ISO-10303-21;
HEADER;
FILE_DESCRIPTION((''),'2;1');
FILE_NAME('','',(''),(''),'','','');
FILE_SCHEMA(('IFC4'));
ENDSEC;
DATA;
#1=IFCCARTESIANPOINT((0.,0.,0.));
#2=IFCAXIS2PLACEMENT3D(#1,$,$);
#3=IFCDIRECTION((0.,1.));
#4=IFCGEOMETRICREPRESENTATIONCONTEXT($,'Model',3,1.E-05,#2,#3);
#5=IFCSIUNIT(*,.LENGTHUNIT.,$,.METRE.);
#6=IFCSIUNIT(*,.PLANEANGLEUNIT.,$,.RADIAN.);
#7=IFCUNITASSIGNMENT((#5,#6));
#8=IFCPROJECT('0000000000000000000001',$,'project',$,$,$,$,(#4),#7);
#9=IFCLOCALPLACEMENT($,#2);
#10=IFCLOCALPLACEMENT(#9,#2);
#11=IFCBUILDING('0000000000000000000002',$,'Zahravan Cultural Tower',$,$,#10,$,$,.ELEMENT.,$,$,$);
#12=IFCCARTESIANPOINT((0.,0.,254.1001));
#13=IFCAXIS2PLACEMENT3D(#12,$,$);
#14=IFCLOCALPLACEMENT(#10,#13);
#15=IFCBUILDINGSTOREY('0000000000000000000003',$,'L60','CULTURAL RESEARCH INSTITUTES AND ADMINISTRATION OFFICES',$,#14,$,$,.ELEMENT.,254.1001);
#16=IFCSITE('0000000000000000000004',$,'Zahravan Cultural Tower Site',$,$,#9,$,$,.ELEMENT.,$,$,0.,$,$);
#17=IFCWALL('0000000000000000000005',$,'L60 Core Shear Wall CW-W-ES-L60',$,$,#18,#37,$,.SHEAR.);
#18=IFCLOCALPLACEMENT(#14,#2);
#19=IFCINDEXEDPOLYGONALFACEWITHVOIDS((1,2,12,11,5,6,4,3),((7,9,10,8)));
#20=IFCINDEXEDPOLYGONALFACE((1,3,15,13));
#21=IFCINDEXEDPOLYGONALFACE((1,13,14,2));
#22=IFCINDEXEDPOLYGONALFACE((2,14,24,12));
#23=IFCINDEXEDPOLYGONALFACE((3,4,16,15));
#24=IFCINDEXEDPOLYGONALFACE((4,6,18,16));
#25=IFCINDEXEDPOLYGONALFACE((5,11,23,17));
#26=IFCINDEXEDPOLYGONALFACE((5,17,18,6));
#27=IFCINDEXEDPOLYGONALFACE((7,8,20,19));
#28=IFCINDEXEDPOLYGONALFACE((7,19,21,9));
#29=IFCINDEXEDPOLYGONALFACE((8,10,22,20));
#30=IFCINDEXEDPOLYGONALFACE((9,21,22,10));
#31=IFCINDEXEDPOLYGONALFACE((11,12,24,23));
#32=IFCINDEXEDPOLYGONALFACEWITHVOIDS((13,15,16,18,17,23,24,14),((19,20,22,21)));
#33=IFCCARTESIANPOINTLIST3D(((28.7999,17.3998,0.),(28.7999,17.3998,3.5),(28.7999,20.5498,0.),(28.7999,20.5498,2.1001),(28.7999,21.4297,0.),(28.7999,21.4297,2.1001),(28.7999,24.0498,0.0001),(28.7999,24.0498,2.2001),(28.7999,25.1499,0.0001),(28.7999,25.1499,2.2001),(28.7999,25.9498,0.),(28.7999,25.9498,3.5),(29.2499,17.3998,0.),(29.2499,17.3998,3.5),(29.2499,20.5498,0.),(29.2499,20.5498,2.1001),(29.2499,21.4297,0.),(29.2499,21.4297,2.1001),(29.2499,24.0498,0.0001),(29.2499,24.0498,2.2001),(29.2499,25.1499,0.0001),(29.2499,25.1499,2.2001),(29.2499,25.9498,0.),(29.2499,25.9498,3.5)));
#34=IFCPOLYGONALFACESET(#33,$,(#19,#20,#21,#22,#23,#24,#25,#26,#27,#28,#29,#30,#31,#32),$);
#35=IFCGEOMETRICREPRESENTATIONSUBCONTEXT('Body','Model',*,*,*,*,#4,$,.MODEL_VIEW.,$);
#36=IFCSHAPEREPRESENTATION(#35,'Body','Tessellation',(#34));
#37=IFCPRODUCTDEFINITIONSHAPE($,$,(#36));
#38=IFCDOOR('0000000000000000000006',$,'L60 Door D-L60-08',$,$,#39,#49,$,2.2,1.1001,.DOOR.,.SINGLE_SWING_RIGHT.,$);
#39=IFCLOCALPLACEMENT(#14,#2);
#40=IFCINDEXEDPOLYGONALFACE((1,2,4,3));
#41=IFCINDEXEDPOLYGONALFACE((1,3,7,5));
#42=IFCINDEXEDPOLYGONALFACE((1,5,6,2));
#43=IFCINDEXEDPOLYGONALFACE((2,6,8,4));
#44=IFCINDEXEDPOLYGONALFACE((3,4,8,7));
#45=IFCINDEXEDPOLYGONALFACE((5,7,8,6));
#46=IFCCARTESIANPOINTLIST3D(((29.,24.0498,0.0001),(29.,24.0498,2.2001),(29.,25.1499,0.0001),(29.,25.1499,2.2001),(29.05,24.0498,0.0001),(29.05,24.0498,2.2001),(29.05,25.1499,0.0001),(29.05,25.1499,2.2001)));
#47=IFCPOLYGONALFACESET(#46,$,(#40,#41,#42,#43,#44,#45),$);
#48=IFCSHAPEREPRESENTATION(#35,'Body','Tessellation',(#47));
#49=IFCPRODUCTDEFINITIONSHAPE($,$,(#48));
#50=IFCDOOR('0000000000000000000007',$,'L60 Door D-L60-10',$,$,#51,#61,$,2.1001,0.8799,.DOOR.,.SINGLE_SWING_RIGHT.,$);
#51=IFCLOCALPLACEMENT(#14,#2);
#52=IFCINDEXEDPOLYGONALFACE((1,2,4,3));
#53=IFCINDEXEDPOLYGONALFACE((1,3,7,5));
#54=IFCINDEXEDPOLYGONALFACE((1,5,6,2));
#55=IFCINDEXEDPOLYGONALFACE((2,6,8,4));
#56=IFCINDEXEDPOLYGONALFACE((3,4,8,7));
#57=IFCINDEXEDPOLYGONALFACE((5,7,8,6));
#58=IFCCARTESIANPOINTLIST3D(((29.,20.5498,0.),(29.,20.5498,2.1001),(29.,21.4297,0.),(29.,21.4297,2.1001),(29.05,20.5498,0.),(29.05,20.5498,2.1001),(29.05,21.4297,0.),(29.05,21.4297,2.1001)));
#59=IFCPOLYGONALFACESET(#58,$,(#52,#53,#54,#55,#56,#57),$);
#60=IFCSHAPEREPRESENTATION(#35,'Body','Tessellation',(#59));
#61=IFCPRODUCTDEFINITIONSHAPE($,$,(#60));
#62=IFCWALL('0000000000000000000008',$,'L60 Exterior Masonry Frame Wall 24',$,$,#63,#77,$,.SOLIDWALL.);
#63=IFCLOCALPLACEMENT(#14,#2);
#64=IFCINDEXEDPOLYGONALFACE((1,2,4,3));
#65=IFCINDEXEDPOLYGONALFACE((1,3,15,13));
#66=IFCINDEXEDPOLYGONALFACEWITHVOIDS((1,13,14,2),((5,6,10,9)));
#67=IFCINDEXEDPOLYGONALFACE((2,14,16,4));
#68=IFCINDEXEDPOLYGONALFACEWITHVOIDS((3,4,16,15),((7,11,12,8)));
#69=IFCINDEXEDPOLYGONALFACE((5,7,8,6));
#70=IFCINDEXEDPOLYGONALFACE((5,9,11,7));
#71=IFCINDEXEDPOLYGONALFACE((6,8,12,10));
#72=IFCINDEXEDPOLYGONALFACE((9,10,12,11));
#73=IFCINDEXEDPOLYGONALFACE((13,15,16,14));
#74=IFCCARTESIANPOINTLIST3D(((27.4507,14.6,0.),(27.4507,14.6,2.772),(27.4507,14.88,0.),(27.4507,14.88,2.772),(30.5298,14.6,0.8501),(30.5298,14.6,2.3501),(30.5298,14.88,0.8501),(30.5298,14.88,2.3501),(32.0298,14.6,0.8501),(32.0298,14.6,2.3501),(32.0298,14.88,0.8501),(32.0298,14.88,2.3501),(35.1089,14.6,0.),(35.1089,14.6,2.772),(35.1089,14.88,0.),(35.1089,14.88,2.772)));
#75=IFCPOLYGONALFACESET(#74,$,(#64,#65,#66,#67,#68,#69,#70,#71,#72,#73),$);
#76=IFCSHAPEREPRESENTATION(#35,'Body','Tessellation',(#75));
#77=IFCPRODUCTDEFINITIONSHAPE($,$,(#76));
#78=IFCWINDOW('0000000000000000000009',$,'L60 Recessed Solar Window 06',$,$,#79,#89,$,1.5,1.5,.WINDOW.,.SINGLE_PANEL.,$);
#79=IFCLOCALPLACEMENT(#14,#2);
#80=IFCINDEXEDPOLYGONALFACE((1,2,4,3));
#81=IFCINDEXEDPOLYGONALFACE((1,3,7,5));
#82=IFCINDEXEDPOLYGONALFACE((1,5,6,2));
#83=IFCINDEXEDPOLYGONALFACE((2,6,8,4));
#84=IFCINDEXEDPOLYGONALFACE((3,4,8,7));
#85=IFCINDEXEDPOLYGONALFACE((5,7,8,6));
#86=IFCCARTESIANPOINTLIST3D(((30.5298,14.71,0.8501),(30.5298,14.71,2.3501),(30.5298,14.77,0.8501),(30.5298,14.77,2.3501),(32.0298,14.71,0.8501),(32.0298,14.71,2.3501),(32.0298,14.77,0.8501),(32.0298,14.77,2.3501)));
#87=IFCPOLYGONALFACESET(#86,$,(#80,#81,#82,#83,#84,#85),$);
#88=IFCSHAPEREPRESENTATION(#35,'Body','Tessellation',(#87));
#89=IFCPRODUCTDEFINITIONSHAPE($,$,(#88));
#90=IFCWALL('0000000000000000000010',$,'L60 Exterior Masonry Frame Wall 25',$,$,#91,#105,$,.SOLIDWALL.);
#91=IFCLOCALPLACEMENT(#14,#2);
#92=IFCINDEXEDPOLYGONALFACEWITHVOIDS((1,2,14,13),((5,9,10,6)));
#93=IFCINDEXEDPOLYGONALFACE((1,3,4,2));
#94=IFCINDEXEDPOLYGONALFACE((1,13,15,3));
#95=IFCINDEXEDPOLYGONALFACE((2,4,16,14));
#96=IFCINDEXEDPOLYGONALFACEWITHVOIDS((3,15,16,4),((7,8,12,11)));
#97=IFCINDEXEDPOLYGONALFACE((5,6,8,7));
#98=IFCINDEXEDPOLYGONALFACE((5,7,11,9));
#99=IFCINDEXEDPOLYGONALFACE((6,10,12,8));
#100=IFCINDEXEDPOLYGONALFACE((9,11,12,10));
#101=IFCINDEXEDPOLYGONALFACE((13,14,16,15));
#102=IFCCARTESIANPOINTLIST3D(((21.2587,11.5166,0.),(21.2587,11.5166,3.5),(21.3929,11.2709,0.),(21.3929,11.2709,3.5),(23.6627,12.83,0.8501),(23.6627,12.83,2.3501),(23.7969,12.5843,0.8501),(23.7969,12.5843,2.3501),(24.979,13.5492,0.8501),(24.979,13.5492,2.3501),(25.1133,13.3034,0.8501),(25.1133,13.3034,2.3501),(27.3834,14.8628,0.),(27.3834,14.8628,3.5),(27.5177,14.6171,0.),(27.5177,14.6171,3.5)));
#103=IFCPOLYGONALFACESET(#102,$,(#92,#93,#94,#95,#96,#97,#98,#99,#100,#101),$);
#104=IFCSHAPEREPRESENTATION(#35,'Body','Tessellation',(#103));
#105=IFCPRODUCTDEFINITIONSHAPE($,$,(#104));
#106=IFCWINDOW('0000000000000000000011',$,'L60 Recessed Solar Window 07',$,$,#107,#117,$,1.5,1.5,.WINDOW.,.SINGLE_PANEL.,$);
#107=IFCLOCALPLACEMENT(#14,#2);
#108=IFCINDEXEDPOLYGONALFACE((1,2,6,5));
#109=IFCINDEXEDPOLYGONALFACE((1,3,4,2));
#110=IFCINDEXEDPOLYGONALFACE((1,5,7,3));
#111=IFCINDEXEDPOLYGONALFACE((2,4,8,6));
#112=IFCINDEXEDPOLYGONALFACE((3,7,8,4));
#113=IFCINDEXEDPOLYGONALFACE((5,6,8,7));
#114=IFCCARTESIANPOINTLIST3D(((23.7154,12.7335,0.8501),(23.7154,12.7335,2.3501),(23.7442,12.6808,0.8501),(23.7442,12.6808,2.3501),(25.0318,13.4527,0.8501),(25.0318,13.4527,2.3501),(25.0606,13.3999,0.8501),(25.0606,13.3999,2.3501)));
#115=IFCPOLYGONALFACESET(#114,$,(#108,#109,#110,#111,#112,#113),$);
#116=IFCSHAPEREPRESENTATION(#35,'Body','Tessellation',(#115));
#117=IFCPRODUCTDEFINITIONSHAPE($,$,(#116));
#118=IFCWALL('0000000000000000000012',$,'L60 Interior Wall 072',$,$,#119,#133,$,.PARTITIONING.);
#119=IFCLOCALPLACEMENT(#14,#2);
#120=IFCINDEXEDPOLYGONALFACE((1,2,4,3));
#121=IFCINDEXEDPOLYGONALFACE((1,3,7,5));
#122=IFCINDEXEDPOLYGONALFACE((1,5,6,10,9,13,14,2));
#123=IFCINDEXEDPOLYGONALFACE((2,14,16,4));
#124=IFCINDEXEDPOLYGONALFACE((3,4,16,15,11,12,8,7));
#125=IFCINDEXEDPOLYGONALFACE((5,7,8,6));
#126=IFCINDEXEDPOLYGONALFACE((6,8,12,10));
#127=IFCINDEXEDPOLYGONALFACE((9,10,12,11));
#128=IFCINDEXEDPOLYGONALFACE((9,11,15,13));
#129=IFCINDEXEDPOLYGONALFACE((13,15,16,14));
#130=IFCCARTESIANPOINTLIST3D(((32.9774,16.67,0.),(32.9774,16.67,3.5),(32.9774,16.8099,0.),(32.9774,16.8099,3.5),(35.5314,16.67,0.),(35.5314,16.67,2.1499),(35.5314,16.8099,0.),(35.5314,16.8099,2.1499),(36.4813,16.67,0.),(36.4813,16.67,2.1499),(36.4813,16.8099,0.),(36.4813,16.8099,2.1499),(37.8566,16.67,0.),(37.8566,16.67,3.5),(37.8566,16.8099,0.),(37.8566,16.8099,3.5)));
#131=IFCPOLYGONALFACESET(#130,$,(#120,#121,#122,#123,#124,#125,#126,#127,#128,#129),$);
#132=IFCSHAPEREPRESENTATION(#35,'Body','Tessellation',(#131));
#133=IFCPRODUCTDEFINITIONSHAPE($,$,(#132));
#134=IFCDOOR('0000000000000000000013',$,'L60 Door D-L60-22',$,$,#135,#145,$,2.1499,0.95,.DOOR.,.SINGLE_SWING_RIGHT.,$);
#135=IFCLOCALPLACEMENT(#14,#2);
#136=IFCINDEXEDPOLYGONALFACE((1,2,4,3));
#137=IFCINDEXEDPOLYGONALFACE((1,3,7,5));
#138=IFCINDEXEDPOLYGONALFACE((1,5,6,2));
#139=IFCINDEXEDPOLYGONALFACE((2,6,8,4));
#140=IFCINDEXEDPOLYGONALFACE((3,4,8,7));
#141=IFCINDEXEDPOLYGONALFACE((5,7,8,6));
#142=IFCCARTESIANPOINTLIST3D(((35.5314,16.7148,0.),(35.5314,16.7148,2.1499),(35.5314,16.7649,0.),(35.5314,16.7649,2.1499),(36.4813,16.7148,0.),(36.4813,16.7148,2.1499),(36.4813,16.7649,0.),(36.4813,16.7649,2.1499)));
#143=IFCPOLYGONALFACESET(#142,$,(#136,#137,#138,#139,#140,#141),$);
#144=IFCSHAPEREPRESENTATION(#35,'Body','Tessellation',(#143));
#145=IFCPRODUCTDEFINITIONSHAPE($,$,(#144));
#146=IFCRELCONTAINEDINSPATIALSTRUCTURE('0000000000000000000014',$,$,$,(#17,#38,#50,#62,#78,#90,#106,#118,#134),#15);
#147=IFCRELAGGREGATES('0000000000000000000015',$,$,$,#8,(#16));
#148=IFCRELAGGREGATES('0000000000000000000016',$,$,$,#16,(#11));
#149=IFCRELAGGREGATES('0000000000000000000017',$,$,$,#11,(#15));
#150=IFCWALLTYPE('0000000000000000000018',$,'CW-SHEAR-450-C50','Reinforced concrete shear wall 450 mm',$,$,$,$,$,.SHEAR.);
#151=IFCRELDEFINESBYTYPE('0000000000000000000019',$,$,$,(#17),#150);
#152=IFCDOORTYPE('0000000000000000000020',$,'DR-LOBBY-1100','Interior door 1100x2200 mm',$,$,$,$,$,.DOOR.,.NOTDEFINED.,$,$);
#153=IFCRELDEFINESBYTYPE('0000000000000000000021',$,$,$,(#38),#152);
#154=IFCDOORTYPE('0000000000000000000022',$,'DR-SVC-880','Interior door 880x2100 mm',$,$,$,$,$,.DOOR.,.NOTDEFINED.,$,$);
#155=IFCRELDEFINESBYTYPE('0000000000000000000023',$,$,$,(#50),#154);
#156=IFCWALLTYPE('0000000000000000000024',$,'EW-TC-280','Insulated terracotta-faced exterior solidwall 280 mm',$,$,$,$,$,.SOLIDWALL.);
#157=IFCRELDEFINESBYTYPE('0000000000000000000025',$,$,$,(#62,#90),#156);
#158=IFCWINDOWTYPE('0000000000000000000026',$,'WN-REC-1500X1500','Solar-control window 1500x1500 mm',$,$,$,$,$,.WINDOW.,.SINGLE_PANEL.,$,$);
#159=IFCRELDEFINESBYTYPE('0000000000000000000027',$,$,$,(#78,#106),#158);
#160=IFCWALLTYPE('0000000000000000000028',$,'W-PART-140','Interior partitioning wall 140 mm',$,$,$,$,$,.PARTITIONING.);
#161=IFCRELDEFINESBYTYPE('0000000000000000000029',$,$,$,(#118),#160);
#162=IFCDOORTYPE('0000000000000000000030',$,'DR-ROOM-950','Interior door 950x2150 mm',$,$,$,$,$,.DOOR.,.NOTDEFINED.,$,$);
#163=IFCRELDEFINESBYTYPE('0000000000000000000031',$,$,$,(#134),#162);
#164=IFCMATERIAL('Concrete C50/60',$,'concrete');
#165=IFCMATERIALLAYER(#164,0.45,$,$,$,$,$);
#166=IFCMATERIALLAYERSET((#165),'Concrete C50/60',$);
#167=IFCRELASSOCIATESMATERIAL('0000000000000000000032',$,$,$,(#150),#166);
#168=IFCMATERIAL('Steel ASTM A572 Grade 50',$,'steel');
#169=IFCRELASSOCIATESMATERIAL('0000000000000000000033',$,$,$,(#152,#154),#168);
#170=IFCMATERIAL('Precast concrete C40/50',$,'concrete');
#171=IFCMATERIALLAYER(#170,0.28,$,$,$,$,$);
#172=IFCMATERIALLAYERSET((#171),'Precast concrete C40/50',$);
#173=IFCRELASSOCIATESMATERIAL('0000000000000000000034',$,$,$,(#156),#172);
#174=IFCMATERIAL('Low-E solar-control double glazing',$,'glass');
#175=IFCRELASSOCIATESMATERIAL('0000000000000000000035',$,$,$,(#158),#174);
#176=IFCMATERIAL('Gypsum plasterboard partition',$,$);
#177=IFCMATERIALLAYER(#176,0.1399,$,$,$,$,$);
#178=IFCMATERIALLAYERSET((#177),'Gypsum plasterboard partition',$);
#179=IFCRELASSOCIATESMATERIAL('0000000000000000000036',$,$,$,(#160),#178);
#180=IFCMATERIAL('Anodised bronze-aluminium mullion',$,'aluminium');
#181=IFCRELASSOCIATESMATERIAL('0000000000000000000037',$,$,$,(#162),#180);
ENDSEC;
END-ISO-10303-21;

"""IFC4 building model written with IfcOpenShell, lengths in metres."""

from ifc_helpers import new_model, si_unit, direction, frame, frame_2d, origin, place, context, subcontext, project, spatial, rectangle, extrude, source, transform, mapped, material, layer, layer_set, type_object, element, fill, save


model = new_model("IFC4")

# Units and contexts
model_context = context("Model", 3, precision=1e-05, world=origin(), true_north=direction((0.0, 1.0)))
body_context = subcontext(model_context, "Body", "Model", "MODEL_VIEW")
ifc_project = project(units=[si_unit("LENGTHUNIT", "METRE"), si_unit("PLANEANGLEUNIT", "RADIAN")], contexts=[model_context])

# Site, building, storey
site_placement = place(None, origin())
site = spatial("IfcSite", under=ifc_project, at=site_placement, Name="Zahravan Cultural Tower Site", CompositionType="ELEMENT", RefElevation=0.0)
building_placement = place(site_placement, origin())
building = spatial("IfcBuilding", under=site, at=building_placement, Name="Zahravan Cultural Tower", CompositionType="ELEMENT")
storey_placement = place(building_placement, frame((0.0, 0.0, 254.1001)))
storey = spatial("IfcBuildingStorey", under=building, at=storey_placement, Name="L60", Description="CULTURAL RESEARCH INSTITUTES AND ADMINISTRATION OFFICES", CompositionType="ELEMENT", Elevation=254.1001)

# Shared definitions
ifc_material_1 = material(Name="Concrete C50/60", Category="concrete")

# Wall, openings, doors
ifc_layer_1 = layer(ifc_material_1, 0.45)
ifc_layer_set_1 = layer_set([ifc_layer_1], Name="Concrete C50/60")
wall_type_1 = type_object("IfcWallType", Name="CW-SHEAR-450-C50", Description="Reinforced concrete shear wall 450 mm", PredefinedType="SHEAR", material=ifc_layer_set_1)
wall_1_placement = place(storey_placement, frame((29.0249, 17.3999, 0.0), z_axis=(0.0, 0.0, 1.0), x_axis=(0.0, 1.0, 0.0)))
wall_1 = element("IfcWall", 1, at=wall_1_placement, inside=storey, type_object=wall_type_1, Name="L60 Core Shear Wall CW-W-ES-L60", PredefinedType="SHEAR", context=body_context, shape_type="SweptSolid", body=[
    extrude(rectangle(XDim=8.55, YDim=0.45, at=frame_2d((4.2749, 0.0))), origin(), (0.0, 0.0, 1.0), 3.5),
])
opening_1_placement = place(wall_1_placement, frame((6.6499, 0.0, 0.0)))
opening_1 = element("IfcOpeningElement", 2, at=opening_1_placement, cuts=wall_1, PredefinedType="OPENING", context=body_context, shape_type="SweptSolid", body=[
    extrude(rectangle(XDim=1.1001, YDim=2.2, at=frame_2d((0.55, 1.1001))), frame((0.0, 0.2349, 0.0), z_axis=(0.0, -1.0, 0.0), x_axis=(1.0, 0.0, 0.0)), (0.0, 0.0, 1.0), 0.47),
])
opening_2_placement = place(wall_1_placement, frame((3.1499, 0.0, 0.0)))
opening_2 = element("IfcOpeningElement", 3, at=opening_2_placement, cuts=wall_1, PredefinedType="OPENING", context=body_context, shape_type="SweptSolid", body=[
    extrude(rectangle(XDim=0.8799, YDim=2.1001, at=frame_2d((0.4399, 1.05))), frame((0.0, 0.2349, 0.0), z_axis=(0.0, -1.0, 0.0), x_axis=(1.0, 0.0, 0.0)), (0.0, 0.0, 1.0), 0.47),
])
ifc_material_2 = material(Name="Steel ASTM A572 Grade 50", Category="steel")
door_type_1 = type_object("IfcDoorType", Name="DR-LOBBY-1100", Description="Interior door 1100x2200 mm", OperationType="NOTDEFINED", PredefinedType="DOOR", material=ifc_material_2)
shared_shape_1 = source(origin(), body_context, "Body", "SweptSolid", [
    extrude(rectangle(XDim=1.1001, YDim=2.2, at=frame_2d((0.55, 1.1001))), frame((0.0, 0.0249, 0.0), z_axis=(0.0, -1.0, 0.0), x_axis=(1.0, 0.0, 0.0)), (0.0, 0.0, 1.0), 0.05),
])
door_1_placement = place(opening_1_placement, origin())
door_1 = element("IfcDoor", 4, at=door_1_placement, inside=storey, type_object=door_type_1, Name="L60 Door D-L60-08", OperationType="SINGLE_SWING_RIGHT", OverallHeight=2.2, OverallWidth=1.1001, PredefinedType="DOOR", context=body_context, shape_type="MappedRepresentation", body=[
    mapped(shared_shape_1, transform((0.0, 0.0, 0.0), x_axis=(1.0, 0.0, 0.0), y_axis=(0.0, 1.0, 0.0), z_axis=(0.0, 0.0, 1.0), scale=1.0)),
])
fill(opening_1, door_1)
door_type_2 = type_object("IfcDoorType", Name="DR-SVC-880", Description="Interior door 880x2100 mm", OperationType="NOTDEFINED", PredefinedType="DOOR", material=ifc_material_2)
shared_shape_2 = source(origin(), body_context, "Body", "SweptSolid", [
    extrude(rectangle(XDim=0.8799, YDim=2.1001, at=frame_2d((0.4399, 1.05))), frame((0.0, 0.0249, 0.0), z_axis=(0.0, -1.0, 0.0), x_axis=(1.0, 0.0, 0.0)), (0.0, 0.0, 1.0), 0.05),
])
door_2_placement = place(opening_2_placement, origin())
door_2 = element("IfcDoor", 5, at=door_2_placement, inside=storey, type_object=door_type_2, Name="L60 Door D-L60-10", OperationType="SINGLE_SWING_RIGHT", OverallHeight=2.1001, OverallWidth=0.8799, PredefinedType="DOOR", context=body_context, shape_type="MappedRepresentation", body=[
    mapped(shared_shape_2, transform((0.0, 0.0, 0.0), x_axis=(1.0, 0.0, 0.0), y_axis=(0.0, 1.0, 0.0), z_axis=(0.0, 0.0, 1.0), scale=1.0)),
])
fill(opening_2, door_2)

# Walls, openings, windows
ifc_material_3 = material(Name="Precast concrete C40/50", Category="concrete")
ifc_layer_2 = layer(ifc_material_3, 0.28)
ifc_layer_set_2 = layer_set([ifc_layer_2], Name="Precast concrete C40/50")
wall_type_2 = type_object("IfcWallType", Name="EW-TC-280", Description="Insulated terracotta-faced exterior solidwall 280 mm", PredefinedType="SOLIDWALL", material=ifc_layer_set_2)
wall_2_placement = place(storey_placement, frame((35.1089, 14.74, 0.0), z_axis=(0.0, 0.0, 1.0), x_axis=(-1.0, 0.0, 0.0)))
wall_2 = element("IfcWall", 6, at=wall_2_placement, inside=storey, type_object=wall_type_2, Name="L60 Exterior Masonry Frame Wall 24", PredefinedType="SOLIDWALL", context=body_context, shape_type="SweptSolid", body=[
    extrude(rectangle(XDim=7.6582, YDim=0.28, at=frame_2d((3.8291, 0.0))), origin(), (0.0, 0.0, 1.0), 2.772),
])
opening_3_placement = place(wall_2_placement, frame((3.0791, 0.0, 0.8501)))
opening_3 = element("IfcOpeningElement", 7, at=opening_3_placement, cuts=wall_2, PredefinedType="OPENING", context=body_context, shape_type="SweptSolid", body=[
    extrude(rectangle(XDim=1.5, YDim=1.5, at=frame_2d((0.75, 0.75))), frame((0.0, 0.1499, 0.0), z_axis=(0.0, -1.0, 0.0), x_axis=(1.0, 0.0, 0.0)), (0.0, 0.0, 1.0), 0.3),
])
ifc_material_4 = material(Name="Low-E solar-control double glazing", Category="glass")
window_type = type_object("IfcWindowType", Name="WN-REC-1500X1500", Description="Solar-control window 1500x1500 mm", PartitioningType="SINGLE_PANEL", PredefinedType="WINDOW", material=ifc_material_4)
shared_shape_3 = source(origin(), body_context, "Body", "SweptSolid", [
    extrude(rectangle(XDim=1.5, YDim=1.5, at=frame_2d((0.75, 0.75))), frame((0.0, 0.03, 0.0), z_axis=(0.0, -1.0, 0.0), x_axis=(1.0, 0.0, 0.0)), (0.0, 0.0, 1.0), 0.0601),
])
window_1_placement = place(opening_3_placement, origin())
window_1 = element("IfcWindow", 8, at=window_1_placement, inside=storey, type_object=window_type, Name="L60 Recessed Solar Window 06", OverallHeight=1.5, OverallWidth=1.5, PartitioningType="SINGLE_PANEL", PredefinedType="WINDOW", context=body_context, shape_type="MappedRepresentation", body=[
    mapped(shared_shape_3, transform((0.0, 0.0, 0.0), x_axis=(1.0, 0.0, 0.0), y_axis=(0.0, 1.0, 0.0), z_axis=(0.0, 0.0, 1.0), scale=1.0)),
])
fill(opening_3, window_1)
wall_3_placement = place(storey_placement, frame((27.4507, 14.74, 0.0), z_axis=(0.0, 0.0, 1.0), x_axis=(-0.877569, -0.47945, 0.0)))
wall_3 = element("IfcWall", 9, at=wall_3_placement, inside=storey, type_object=wall_type_2, Name="L60 Exterior Masonry Frame Wall 25", PredefinedType="SOLIDWALL", context=body_context, shape_type="SweptSolid", body=[
    extrude(rectangle(XDim=6.9792, YDim=0.28, at=frame_2d((3.4897, 0.0))), origin(), (0.0, 0.0, 1.0), 3.5),
])
opening_4_placement = place(wall_3_placement, frame((2.74, 0.0, 0.8501)))
opening_4 = element("IfcOpeningElement", 10, at=opening_4_placement, cuts=wall_3, PredefinedType="OPENING", context=body_context, shape_type="SweptSolid", body=[
    extrude(rectangle(XDim=1.5, YDim=1.5, at=frame_2d((0.75, 0.75))), frame((0.0, 0.1499, 0.0), z_axis=(0.0, -1.0, 0.0), x_axis=(1.0, 0.0, 0.0)), (0.0, 0.0, 1.0), 0.3),
])
window_2_placement = place(opening_4_placement, origin())
window_2 = element("IfcWindow", 11, at=window_2_placement, inside=storey, type_object=window_type, Name="L60 Recessed Solar Window 07", OverallHeight=1.5, OverallWidth=1.5, PartitioningType="SINGLE_PANEL", PredefinedType="WINDOW", context=body_context, shape_type="MappedRepresentation", body=[
    mapped(shared_shape_3, transform((0.0, 0.0, 0.0), x_axis=(1.0, 0.0, 0.0), y_axis=(0.0, 1.0, 0.0), z_axis=(0.0, 0.0, 1.0), scale=1.0)),
])
fill(opening_4, window_2)

# Wall, opening, door
ifc_material_5 = material(Name="Gypsum plasterboard partition")
ifc_layer_3 = layer(ifc_material_5, 0.1399)
ifc_layer_set_3 = layer_set([ifc_layer_3], Name="Gypsum plasterboard partition")
wall_type_3 = type_object("IfcWallType", Name="W-PART-140", Description="Interior partitioning wall 140 mm", PredefinedType="PARTITIONING", material=ifc_layer_set_3)
wall_4_placement = place(storey_placement, frame((32.9775, 16.74, 0.0), z_axis=(0.0, 0.0, 1.0), x_axis=(1.0, 0.0, 0.0)))
wall_4 = element("IfcWall", 12, at=wall_4_placement, inside=storey, type_object=wall_type_3, Name="L60 Interior Wall 072", PredefinedType="PARTITIONING", context=body_context, shape_type="SweptSolid", body=[
    extrude(rectangle(XDim=4.8792, YDim=0.1399, at=frame_2d((2.4395, 0.0))), origin(), (0.0, 0.0, 1.0), 3.5),
])
opening_5_placement = place(wall_4_placement, frame((2.5537, 0.0, 0.0)))
opening_5 = element("IfcOpeningElement", 13, at=opening_5_placement, cuts=wall_4, PredefinedType="OPENING", context=body_context, shape_type="SweptSolid", body=[
    extrude(rectangle(XDim=0.95, YDim=2.1499, at=frame_2d((0.4751, 1.075))), frame((0.0, 0.0798, 0.0), z_axis=(0.0, -1.0, 0.0), x_axis=(1.0, 0.0, 0.0)), (0.0, 0.0, 1.0), 0.1599),
])
ifc_material_6 = material(Name="Anodised bronze-aluminium mullion", Category="aluminium")
door_type_3 = type_object("IfcDoorType", Name="DR-ROOM-950", Description="Interior door 950x2150 mm", OperationType="NOTDEFINED", PredefinedType="DOOR", material=ifc_material_6)
shared_shape_4 = source(origin(), body_context, "Body", "SweptSolid", [
    extrude(rectangle(XDim=0.95, YDim=2.1499, at=frame_2d((0.4751, 1.075))), frame((0.0, 0.0249, 0.0), z_axis=(0.0, -1.0, 0.0), x_axis=(1.0, 0.0, 0.0)), (0.0, 0.0, 1.0), 0.05),
])
door_3_placement = place(opening_5_placement, origin())
door_3 = element("IfcDoor", 14, at=door_3_placement, inside=storey, type_object=door_type_3, Name="L60 Door D-L60-22", OperationType="SINGLE_SWING_RIGHT", OverallHeight=2.1499, OverallWidth=0.95, PredefinedType="DOOR", context=body_context, shape_type="MappedRepresentation", body=[
    mapped(shared_shape_4, transform((0.0, 0.0, 0.0), x_axis=(1.0, 0.0, 0.0), y_axis=(0.0, 1.0, 0.0), z_axis=(0.0, 0.0, 1.0), scale=1.0)),
])
fill(opening_5, door_3)

save(model, "model.ifc")
